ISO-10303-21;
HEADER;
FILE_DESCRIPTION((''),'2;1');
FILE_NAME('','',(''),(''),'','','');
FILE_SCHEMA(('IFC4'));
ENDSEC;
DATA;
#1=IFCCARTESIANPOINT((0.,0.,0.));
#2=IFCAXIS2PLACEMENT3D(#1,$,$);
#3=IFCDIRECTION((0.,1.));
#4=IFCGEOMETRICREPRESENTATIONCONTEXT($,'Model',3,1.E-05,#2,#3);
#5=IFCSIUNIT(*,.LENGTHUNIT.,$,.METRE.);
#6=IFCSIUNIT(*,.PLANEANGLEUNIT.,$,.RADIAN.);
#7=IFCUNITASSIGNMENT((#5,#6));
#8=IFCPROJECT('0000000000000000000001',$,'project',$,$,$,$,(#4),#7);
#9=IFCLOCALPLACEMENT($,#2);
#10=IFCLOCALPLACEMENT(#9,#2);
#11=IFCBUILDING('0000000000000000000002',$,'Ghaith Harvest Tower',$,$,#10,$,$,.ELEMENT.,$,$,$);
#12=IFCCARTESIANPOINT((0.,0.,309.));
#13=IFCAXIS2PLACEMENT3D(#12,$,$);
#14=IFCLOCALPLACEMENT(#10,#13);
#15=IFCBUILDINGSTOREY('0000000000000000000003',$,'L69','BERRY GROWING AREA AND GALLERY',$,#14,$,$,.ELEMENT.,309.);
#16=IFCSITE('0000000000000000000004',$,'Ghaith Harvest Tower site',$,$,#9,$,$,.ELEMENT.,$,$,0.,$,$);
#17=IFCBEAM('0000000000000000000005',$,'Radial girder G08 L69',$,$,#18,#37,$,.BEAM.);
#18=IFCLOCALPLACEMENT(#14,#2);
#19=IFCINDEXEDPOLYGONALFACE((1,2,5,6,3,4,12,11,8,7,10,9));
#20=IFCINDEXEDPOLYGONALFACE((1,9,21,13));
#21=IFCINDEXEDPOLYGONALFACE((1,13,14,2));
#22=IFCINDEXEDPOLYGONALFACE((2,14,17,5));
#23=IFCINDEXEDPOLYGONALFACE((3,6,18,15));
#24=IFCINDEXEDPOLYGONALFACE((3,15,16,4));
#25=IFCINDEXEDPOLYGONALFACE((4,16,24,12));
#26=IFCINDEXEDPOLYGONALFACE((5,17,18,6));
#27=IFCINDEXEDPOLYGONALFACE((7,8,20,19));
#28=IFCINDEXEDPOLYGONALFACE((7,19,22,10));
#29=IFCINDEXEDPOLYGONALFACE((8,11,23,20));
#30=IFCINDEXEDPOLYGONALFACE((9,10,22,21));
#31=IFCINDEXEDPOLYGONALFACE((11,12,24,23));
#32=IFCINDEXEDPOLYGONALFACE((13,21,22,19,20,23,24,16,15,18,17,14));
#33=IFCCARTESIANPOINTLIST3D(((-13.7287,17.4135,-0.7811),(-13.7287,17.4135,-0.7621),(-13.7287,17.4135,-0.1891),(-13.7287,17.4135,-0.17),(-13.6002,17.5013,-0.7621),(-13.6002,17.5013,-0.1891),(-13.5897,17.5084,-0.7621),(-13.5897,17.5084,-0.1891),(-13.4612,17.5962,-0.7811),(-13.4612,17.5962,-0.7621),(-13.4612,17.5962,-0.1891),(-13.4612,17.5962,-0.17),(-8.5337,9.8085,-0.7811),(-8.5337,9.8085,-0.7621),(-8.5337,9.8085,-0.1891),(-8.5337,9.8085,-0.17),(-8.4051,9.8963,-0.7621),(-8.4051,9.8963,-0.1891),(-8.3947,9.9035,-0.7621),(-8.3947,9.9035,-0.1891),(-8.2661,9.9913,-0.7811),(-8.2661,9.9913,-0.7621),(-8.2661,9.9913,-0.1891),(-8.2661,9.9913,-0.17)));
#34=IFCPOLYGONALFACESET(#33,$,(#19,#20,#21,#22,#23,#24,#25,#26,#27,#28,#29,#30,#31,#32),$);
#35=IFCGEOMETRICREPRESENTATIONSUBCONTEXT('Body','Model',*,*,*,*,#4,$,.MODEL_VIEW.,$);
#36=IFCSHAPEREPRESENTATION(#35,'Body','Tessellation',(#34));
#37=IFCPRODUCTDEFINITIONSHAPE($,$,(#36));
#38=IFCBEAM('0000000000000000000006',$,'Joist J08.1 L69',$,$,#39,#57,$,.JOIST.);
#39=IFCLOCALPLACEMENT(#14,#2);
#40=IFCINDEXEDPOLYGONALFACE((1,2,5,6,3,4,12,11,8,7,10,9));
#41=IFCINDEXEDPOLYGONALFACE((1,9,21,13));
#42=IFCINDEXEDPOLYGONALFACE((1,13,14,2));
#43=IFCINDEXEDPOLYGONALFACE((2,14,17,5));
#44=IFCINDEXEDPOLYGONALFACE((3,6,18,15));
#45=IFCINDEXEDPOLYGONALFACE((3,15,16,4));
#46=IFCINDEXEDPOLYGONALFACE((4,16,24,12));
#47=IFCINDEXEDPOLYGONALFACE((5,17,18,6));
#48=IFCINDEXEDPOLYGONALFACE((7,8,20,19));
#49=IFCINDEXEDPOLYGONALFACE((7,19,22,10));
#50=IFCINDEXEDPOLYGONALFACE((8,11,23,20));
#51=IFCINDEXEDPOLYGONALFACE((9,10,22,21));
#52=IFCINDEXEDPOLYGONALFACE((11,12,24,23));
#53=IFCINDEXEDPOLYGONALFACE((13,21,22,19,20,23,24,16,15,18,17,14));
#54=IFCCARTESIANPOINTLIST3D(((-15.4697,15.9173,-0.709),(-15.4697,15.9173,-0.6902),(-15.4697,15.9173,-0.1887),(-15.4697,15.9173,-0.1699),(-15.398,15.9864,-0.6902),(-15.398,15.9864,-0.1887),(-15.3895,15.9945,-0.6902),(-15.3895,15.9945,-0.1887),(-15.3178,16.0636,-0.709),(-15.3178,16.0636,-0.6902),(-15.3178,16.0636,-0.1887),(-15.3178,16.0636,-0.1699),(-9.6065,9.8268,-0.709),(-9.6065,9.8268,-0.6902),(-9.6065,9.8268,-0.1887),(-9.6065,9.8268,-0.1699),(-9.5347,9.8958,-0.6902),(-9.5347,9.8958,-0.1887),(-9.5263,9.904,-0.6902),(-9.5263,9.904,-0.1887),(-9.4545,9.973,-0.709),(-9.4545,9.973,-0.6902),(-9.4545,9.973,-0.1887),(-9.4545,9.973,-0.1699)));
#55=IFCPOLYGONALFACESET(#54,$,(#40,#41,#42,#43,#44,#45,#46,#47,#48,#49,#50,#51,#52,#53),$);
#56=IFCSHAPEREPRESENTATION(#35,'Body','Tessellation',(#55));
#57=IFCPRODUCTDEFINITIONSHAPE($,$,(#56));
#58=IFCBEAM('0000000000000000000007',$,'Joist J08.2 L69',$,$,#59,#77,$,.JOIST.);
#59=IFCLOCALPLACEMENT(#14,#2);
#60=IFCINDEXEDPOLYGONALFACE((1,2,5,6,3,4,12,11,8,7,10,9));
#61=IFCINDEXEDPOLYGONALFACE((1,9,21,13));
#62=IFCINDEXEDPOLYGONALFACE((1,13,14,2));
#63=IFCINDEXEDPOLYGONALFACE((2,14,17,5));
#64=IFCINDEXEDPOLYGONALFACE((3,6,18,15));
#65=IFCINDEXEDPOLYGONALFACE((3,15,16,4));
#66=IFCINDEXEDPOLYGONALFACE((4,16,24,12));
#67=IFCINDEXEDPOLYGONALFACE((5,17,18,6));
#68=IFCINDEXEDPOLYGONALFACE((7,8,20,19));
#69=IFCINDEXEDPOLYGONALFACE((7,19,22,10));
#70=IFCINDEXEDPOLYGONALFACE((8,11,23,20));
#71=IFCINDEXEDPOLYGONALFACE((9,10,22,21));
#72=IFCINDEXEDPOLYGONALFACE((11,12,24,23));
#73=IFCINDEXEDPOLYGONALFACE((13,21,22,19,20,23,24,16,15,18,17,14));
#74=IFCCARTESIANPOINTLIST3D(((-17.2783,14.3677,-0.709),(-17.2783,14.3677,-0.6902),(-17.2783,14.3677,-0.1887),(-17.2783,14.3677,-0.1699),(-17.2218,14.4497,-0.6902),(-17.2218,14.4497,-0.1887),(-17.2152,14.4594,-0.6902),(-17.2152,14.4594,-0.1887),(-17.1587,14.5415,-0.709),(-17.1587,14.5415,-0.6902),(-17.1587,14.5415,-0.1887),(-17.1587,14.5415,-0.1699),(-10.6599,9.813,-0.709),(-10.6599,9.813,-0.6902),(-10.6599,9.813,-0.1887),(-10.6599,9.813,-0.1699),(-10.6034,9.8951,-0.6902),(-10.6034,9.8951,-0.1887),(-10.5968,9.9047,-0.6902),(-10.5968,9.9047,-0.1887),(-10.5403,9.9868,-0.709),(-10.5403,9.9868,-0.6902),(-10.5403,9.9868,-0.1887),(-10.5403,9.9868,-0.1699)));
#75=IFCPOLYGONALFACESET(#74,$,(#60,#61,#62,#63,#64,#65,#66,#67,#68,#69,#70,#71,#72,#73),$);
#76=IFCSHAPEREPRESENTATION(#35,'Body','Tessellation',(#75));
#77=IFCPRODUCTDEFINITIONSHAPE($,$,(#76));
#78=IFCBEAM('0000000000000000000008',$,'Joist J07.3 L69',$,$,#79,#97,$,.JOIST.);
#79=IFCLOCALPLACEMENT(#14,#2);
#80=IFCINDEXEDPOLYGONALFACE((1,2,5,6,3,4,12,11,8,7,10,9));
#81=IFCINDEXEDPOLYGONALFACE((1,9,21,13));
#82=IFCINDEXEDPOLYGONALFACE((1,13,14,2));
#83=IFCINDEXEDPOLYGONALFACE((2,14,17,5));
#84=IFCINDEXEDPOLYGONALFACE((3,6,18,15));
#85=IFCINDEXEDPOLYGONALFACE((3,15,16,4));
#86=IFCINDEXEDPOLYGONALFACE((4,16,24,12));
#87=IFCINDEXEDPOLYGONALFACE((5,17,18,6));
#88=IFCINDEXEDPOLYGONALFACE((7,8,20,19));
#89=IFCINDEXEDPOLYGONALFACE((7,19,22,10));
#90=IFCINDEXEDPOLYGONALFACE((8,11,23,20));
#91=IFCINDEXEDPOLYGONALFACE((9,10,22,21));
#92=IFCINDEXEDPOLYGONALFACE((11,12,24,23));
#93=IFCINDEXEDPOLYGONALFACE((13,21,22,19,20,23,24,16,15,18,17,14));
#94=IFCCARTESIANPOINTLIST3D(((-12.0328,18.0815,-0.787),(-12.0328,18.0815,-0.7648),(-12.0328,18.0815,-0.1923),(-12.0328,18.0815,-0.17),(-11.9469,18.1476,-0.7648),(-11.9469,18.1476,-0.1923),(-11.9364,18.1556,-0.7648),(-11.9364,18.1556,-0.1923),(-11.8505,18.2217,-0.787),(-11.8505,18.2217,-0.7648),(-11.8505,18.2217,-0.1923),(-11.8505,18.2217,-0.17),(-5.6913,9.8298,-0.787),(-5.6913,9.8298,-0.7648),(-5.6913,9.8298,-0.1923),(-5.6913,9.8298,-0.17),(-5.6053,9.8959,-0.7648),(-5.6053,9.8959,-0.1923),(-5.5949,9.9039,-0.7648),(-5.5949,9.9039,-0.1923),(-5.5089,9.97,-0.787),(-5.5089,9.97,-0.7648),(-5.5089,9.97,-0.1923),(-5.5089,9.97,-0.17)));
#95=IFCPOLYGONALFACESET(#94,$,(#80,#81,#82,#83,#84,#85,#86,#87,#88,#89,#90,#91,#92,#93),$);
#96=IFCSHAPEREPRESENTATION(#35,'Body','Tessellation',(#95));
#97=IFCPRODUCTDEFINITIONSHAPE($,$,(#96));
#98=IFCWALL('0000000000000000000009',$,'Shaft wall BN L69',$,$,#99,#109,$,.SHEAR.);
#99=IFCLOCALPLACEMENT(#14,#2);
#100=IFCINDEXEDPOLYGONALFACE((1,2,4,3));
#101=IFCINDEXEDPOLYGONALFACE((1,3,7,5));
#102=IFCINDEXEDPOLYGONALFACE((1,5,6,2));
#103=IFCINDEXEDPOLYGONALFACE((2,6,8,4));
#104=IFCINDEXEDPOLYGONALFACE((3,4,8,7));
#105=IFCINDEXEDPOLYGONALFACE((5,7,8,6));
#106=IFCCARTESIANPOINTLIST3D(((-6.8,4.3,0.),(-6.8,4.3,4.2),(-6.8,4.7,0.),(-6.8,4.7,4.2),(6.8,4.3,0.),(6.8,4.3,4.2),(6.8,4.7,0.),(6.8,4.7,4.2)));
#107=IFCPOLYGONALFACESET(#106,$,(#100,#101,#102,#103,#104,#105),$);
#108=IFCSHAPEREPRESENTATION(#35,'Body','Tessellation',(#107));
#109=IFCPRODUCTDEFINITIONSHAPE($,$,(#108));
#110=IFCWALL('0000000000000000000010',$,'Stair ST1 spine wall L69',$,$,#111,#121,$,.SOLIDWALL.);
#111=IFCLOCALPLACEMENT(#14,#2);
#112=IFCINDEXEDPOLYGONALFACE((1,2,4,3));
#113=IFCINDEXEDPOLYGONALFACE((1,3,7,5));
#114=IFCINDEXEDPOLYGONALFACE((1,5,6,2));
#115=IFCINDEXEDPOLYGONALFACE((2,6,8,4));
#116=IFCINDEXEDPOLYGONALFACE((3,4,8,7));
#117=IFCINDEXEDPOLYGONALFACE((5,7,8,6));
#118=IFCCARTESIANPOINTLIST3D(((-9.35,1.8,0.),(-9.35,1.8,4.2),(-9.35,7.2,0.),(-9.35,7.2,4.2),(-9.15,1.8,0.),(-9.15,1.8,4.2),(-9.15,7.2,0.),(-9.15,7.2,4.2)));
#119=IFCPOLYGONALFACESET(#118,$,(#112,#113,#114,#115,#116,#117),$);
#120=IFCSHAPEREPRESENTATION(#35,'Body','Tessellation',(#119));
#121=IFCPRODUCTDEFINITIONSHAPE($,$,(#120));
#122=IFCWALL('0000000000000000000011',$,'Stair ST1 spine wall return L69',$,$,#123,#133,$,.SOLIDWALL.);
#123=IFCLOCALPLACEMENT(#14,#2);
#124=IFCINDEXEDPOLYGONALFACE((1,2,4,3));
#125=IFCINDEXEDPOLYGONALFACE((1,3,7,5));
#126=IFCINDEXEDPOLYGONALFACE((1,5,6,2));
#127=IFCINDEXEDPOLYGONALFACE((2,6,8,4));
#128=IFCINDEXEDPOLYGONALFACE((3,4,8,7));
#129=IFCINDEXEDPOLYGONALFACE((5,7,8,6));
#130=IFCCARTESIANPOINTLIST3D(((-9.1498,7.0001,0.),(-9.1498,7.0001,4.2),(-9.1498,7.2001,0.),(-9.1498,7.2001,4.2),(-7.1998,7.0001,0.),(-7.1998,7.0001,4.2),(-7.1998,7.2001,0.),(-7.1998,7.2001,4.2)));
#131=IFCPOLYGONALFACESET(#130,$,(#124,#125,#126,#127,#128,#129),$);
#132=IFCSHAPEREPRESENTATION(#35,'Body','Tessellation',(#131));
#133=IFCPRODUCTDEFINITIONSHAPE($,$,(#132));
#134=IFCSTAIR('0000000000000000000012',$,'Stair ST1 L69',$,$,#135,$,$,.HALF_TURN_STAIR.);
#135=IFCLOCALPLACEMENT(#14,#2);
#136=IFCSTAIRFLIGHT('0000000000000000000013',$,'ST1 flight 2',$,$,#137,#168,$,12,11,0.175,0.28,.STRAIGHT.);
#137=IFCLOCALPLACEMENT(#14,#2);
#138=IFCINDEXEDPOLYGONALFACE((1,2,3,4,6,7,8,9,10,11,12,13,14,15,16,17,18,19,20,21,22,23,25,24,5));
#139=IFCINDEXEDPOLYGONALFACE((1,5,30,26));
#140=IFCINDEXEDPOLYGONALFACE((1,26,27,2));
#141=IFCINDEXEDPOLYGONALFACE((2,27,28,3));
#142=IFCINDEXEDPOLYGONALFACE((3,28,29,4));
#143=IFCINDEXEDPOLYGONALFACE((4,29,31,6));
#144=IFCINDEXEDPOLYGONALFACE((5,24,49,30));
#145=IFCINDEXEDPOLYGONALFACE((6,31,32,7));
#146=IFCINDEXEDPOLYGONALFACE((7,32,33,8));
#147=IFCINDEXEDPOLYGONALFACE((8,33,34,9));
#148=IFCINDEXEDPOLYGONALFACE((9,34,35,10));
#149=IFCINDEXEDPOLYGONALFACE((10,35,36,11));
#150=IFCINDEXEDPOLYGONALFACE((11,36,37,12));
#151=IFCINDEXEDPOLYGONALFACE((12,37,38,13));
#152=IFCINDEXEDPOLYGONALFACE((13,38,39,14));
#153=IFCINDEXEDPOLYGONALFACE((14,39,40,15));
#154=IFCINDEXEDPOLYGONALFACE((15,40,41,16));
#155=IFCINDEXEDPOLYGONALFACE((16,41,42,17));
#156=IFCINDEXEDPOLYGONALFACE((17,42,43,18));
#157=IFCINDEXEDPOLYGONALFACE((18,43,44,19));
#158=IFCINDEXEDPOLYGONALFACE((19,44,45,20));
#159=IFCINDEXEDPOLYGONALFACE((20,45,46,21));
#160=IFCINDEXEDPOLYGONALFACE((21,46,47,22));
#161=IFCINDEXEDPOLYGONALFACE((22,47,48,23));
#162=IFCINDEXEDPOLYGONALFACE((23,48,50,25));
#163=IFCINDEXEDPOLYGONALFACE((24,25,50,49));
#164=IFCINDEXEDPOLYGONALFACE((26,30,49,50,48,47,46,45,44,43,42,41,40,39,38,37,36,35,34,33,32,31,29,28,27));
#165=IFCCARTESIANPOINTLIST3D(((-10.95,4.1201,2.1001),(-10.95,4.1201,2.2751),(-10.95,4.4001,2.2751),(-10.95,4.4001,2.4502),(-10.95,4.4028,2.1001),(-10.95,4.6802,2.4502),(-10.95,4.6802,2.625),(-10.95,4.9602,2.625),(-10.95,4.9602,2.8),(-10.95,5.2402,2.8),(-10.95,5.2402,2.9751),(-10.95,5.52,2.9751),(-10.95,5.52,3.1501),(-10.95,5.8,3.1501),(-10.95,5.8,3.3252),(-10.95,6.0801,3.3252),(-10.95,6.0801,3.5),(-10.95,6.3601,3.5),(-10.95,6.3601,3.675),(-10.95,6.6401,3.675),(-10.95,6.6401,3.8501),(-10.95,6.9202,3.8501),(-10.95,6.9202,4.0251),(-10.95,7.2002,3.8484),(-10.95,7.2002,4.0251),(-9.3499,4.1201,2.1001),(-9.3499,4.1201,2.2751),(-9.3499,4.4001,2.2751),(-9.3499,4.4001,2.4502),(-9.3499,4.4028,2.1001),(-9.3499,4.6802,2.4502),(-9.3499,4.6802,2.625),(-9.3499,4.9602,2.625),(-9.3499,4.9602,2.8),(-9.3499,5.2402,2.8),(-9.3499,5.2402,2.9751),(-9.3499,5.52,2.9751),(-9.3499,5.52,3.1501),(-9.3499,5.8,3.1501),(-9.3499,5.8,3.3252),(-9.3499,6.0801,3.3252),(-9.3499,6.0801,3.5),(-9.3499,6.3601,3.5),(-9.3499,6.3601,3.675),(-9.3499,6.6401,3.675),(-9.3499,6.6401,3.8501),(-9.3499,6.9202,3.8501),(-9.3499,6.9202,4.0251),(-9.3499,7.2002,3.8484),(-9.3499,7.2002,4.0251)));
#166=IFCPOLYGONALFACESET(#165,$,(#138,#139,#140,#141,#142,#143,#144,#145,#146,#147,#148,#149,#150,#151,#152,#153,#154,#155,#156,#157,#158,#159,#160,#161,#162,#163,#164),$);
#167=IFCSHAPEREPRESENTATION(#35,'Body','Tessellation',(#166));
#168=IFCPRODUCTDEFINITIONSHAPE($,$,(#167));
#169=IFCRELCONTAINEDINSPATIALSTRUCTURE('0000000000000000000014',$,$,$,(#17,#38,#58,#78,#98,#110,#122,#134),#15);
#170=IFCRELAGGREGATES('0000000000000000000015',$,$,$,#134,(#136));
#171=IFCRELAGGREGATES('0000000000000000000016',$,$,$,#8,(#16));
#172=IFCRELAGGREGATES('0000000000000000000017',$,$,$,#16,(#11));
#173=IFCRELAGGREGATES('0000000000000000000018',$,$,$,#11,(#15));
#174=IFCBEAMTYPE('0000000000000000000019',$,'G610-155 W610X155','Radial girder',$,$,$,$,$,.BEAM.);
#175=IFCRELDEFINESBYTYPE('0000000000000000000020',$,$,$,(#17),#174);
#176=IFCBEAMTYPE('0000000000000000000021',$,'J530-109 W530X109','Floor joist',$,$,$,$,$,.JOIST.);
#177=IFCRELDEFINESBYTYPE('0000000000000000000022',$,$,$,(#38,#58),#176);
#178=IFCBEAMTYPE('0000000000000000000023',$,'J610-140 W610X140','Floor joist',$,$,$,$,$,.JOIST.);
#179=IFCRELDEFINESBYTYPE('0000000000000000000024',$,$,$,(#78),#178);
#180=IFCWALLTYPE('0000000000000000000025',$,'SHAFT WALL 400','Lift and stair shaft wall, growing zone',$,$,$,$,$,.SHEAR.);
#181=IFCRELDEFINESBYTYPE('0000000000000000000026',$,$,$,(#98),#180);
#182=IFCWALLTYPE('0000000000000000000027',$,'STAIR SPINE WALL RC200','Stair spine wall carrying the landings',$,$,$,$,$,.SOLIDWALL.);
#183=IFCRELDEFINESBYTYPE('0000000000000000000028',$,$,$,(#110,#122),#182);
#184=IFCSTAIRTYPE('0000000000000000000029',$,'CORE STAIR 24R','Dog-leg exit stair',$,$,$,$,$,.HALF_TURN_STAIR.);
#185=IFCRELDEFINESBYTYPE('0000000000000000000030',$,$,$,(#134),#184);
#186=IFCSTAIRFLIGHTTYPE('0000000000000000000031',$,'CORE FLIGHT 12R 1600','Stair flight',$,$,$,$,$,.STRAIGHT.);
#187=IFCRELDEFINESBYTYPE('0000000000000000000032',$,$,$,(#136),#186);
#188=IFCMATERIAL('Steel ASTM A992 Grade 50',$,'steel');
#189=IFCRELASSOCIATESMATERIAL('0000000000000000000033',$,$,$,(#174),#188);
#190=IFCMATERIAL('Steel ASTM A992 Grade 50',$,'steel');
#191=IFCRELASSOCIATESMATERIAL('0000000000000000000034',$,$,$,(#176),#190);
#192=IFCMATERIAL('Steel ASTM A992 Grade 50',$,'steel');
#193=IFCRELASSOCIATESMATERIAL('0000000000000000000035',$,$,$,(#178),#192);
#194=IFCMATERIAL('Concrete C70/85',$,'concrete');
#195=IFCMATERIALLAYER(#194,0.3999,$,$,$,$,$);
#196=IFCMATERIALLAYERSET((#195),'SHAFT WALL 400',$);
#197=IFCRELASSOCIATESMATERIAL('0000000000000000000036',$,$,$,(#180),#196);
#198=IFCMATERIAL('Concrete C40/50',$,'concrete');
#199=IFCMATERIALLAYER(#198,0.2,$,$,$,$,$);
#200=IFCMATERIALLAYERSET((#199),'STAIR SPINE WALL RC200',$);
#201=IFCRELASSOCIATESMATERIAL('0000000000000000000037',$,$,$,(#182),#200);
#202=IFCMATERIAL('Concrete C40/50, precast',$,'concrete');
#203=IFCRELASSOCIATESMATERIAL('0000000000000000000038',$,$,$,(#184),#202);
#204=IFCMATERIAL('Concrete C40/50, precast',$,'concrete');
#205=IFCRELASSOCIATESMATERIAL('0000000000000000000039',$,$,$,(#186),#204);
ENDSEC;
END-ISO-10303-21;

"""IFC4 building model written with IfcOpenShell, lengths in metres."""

from ifc_helpers import new_model, si_unit, direction, frame, frame_2d, origin, origin_2d, place, context, subcontext, project, spatial, polyline, rectangle, i_section, outline, extrude, material, layer, layer_set, material_profile, profile_set, type_object, element, aggregate, save


model = new_model("IFC4")

# Units and contexts
model_context = context("Model", 3, precision=1e-05, world=origin(), true_north=direction((0.0, 1.0)))
body_context = subcontext(model_context, "Body", "Model", "MODEL_VIEW")
ifc_project = project(units=[si_unit("LENGTHUNIT", "METRE"), si_unit("PLANEANGLEUNIT", "RADIAN")], contexts=[model_context])

# Site, building, storey
site_placement = place(None, origin())
site = spatial("IfcSite", under=ifc_project, at=site_placement, Name="Ghaith Harvest Tower site", CompositionType="ELEMENT", RefElevation=0.0)
building_placement = place(site_placement, origin())
building = spatial("IfcBuilding", under=site, at=building_placement, Name="Ghaith Harvest Tower", CompositionType="ELEMENT")
storey_placement = place(building_placement, frame((0.0, 0.0, 309.0)))
storey = spatial("IfcBuildingStorey", under=building, at=storey_placement, Name="L69", Description="BERRY GROWING AREA AND GALLERY", CompositionType="ELEMENT", Elevation=309.0)

# Beams
ifc_material_1 = material(Name="Steel ASTM A992 Grade 50", Category="steel")
ifc_material_profile_1 = material_profile(ifc_material_1, i_section(OverallWidth=0.324, OverallDepth=0.6111, WebThickness=0.0127, FlangeThickness=0.019, at=origin_2d()), Name="W610X155")
ifc_profile_set_1 = profile_set([ifc_material_profile_1], Name="Steel ASTM A992 Grade 50")
beam_type_1 = type_object("IfcBeamType", Name="G610-155 W610X155", Description="Radial girder", PredefinedType="BEAM", material=ifc_profile_set_1)
beam_1_placement = place(storey_placement, frame((-8.3999, 9.8999, -0.4756), z_axis=(-0.564067, 0.825729, 0.0), x_axis=(-0.825729, -0.564067, 0.0)))
element("IfcBeam", 1, at=beam_1_placement, inside=storey, type_object=beam_type_1, Name="Radial girder G08 L69", PredefinedType="BEAM", context=body_context, shape_type="SweptSolid", body=[
    extrude(i_section(OverallWidth=0.324, OverallDepth=0.6111, WebThickness=0.0127, FlangeThickness=0.019, at=origin_2d()), origin(), (0.0, 0.0, 1.0), 9.21),
])
ifc_material_2 = material(Name="Steel ASTM A992 Grade 50", Category="steel")
ifc_material_profile_2 = material_profile(ifc_material_2, i_section(OverallWidth=0.2109, OverallDepth=0.5391, WebThickness=0.0117, FlangeThickness=0.0188, at=origin_2d()), Name="W530X109")
ifc_profile_set_2 = profile_set([ifc_material_profile_2], Name="Steel ASTM A992 Grade 50")
beam_type_2 = type_object("IfcBeamType", Name="J530-109 W530X109", Description="Floor joist", PredefinedType="JOIST", material=ifc_profile_set_2)
beam_2_placement = place(storey_placement, frame((-9.5305, 9.8999, -0.4395), z_axis=(-0.693536, 0.720422, 0.0), x_axis=(-0.720422, -0.693536, 0.0)))
element("IfcBeam", 2, at=beam_2_placement, inside=storey, type_object=beam_type_2, Name="Joist J08.1 L69", PredefinedType="JOIST", context=body_context, shape_type="SweptSolid", body=[
    extrude(i_section(OverallWidth=0.2109, OverallDepth=0.5391, WebThickness=0.0117, FlangeThickness=0.0188, at=origin_2d()), origin(), (0.0, 0.0, 1.0), 8.4541),
])
beam_3_placement = place(storey_placement, frame((-10.6001, 9.8999, -0.4395), z_axis=(-0.823779, 0.566912, 0.0), x_axis=(-0.566912, -0.823779, 0.0)))
element("IfcBeam", 3, at=beam_3_placement, inside=storey, type_object=beam_type_2, Name="Joist J08.2 L69", PredefinedType="JOIST", context=body_context, shape_type="SweptSolid", body=[
    extrude(i_section(OverallWidth=0.2109, OverallDepth=0.5391, WebThickness=0.0117, FlangeThickness=0.0188, at=origin_2d()), origin(), (0.0, 0.0, 1.0), 8.0342),
])
ifc_material_3 = material(Name="Steel ASTM A992 Grade 50", Category="steel")
ifc_material_profile_3 = material_profile(ifc_material_3, i_section(OverallWidth=0.23, OverallDepth=0.6169, WebThickness=0.0132, FlangeThickness=0.0222, at=origin_2d()), Name="W610X140")
ifc_profile_set_3 = profile_set([ifc_material_profile_3], Name="Steel ASTM A992 Grade 50")
beam_type_3 = type_object("IfcBeamType", Name="J610-140 W610X140", Description="Floor joist", PredefinedType="JOIST", material=ifc_profile_set_3)
beam_4_placement = place(storey_placement, frame((-5.6001, 9.8999, -0.4785), z_axis=(-0.609354, 0.792899, 0.0), x_axis=(-0.792899, -0.609354, 0.0)))
element("IfcBeam", 4, at=beam_4_placement, inside=storey, type_object=beam_type_3, Name="Joist J07.3 L69", PredefinedType="JOIST", context=body_context, shape_type="SweptSolid", body=[
    extrude(i_section(OverallWidth=0.23, OverallDepth=0.6169, WebThickness=0.0132, FlangeThickness=0.0222, at=origin_2d()), origin(), (0.0, 0.0, 1.0), 10.407),
])

# Shared definitions
ifc_material_4 = material(Name="Concrete C70/85", Category="concrete")
ifc_layer_1 = layer(ifc_material_4, 0.3999)
ifc_layer_set_1 = layer_set([ifc_layer_1], Name="SHAFT WALL 400")
wall_type_1 = type_object("IfcWallType", Name="SHAFT WALL 400", Description="Lift and stair shaft wall, growing zone", PredefinedType="SHEAR", material=ifc_layer_set_1)

# Walls
wall_1_placement = place(storey_placement, frame((-6.8, 4.5, 0.0), z_axis=(0.0, 0.0, 1.0), x_axis=(1.0, 0.0, 0.0)))
element("IfcWall", 5, at=wall_1_placement, inside=storey, type_object=wall_type_1, Name="Shaft wall BN L69", PredefinedType="SHEAR", context=body_context, shape_type="SweptSolid", body=[
    extrude(rectangle(XDim=13.6001, YDim=0.3999, at=frame_2d((6.8, 0.0))), origin(), (0.0, 0.0, 1.0), 4.2),
])
ifc_material_5 = material(Name="Concrete C40/50", Category="concrete")
ifc_layer_2 = layer(ifc_material_5, 0.2)
ifc_layer_set_2 = layer_set([ifc_layer_2], Name="STAIR SPINE WALL RC200")
wall_type_2 = type_object("IfcWallType", Name="STAIR SPINE WALL RC200", Description="Stair spine wall carrying the landings", PredefinedType="SOLIDWALL", material=ifc_layer_set_2)
wall_2_placement = place(storey_placement, frame((-9.25, 7.2, 0.0), z_axis=(0.0, 0.0, 1.0), x_axis=(0.0, -1.0, 0.0)))
element("IfcWall", 6, at=wall_2_placement, inside=storey, type_object=wall_type_2, Name="Stair ST1 spine wall L69", PredefinedType="SOLIDWALL", context=body_context, shape_type="SweptSolid", body=[
    extrude(rectangle(XDim=5.3999, YDim=0.2, at=frame_2d((2.7, 0.0))), origin(), (0.0, 0.0, 1.0), 4.2),
])
wall_3_placement = place(storey_placement, frame((-9.1499, 7.1001, 0.0), z_axis=(0.0, 0.0, 1.0), x_axis=(1.0, 0.0, 0.0)))
element("IfcWall", 7, at=wall_3_placement, inside=storey, type_object=wall_type_2, Name="Stair ST1 spine wall return L69", PredefinedType="SOLIDWALL", context=body_context, shape_type="SweptSolid", body=[
    extrude(rectangle(XDim=1.95, YDim=0.2, at=frame_2d((0.9751, 0.0))), origin(), (0.0, 0.0, 1.0), 4.2),
])

# Stair, stair flight
ifc_material_6 = material(Name="Concrete C40/50, precast", Category="concrete")
stair_type = type_object("IfcStairType", Name="CORE STAIR 24R", Description="Dog-leg exit stair", PredefinedType="HALF_TURN_STAIR", material=ifc_material_6)
stair_placement = place(storey_placement, origin())
stair = element("IfcStair", 8, at=stair_placement, inside=storey, type_object=stair_type, Name="Stair ST1 L69", PredefinedType="HALF_TURN_STAIR")
ifc_material_7 = material(Name="Concrete C40/50, precast", Category="concrete")
stair_flight_type = type_object("IfcStairFlightType", Name="CORE FLIGHT 12R 1600", Description="Stair flight", PredefinedType="STRAIGHT", material=ifc_material_7)
stair_flight_placement = place(storey_placement, frame((-10.1499, 4.1201, 2.1001), z_axis=(0.0, 0.0, 1.0), x_axis=(0.0, 1.0, 0.0)))
stair_flight = element("IfcStairFlight", 9, at=stair_flight_placement, type_object=stair_flight_type, Name="ST1 flight 2", NumberOfRisers=12, NumberOfTreads=11, PredefinedType="STRAIGHT", RiserHeight=0.175, TreadLength=0.28, context=body_context, shape_type="SweptSolid", body=[
    extrude(outline(polyline([(0.0, 0.0), (0.0, 0.175), (0.28, 0.175), (0.28, 0.3501), (0.5601, 0.3501), (0.5601, 0.5249), (0.8401, 0.5249), (0.8401, 0.7), (1.1201, 0.7), (1.1201, 0.875), (1.3999, 0.875), (1.3999, 1.05), (1.6799, 1.05), (1.6799, 1.2251), (1.96, 1.2251), (1.96, 1.3999), (2.24, 1.3999), (2.24, 1.575), (2.52, 1.575), (2.52, 1.75), (2.8, 1.75), (2.8, 1.925), (3.0801, 1.925), (3.0801, 2.1001), (3.0801, 1.7483), (0.2827, 0.0), (0.0, 0.0)])), frame((0.0, 0.8, 0.0), z_axis=(0.0, -1.0, 0.0), x_axis=(1.0, 0.0, 0.0)), (0.0, 0.0, 1.0), 1.6001),
])
aggregate(stair, [stair_flight])

save(model, "model.ifc")
